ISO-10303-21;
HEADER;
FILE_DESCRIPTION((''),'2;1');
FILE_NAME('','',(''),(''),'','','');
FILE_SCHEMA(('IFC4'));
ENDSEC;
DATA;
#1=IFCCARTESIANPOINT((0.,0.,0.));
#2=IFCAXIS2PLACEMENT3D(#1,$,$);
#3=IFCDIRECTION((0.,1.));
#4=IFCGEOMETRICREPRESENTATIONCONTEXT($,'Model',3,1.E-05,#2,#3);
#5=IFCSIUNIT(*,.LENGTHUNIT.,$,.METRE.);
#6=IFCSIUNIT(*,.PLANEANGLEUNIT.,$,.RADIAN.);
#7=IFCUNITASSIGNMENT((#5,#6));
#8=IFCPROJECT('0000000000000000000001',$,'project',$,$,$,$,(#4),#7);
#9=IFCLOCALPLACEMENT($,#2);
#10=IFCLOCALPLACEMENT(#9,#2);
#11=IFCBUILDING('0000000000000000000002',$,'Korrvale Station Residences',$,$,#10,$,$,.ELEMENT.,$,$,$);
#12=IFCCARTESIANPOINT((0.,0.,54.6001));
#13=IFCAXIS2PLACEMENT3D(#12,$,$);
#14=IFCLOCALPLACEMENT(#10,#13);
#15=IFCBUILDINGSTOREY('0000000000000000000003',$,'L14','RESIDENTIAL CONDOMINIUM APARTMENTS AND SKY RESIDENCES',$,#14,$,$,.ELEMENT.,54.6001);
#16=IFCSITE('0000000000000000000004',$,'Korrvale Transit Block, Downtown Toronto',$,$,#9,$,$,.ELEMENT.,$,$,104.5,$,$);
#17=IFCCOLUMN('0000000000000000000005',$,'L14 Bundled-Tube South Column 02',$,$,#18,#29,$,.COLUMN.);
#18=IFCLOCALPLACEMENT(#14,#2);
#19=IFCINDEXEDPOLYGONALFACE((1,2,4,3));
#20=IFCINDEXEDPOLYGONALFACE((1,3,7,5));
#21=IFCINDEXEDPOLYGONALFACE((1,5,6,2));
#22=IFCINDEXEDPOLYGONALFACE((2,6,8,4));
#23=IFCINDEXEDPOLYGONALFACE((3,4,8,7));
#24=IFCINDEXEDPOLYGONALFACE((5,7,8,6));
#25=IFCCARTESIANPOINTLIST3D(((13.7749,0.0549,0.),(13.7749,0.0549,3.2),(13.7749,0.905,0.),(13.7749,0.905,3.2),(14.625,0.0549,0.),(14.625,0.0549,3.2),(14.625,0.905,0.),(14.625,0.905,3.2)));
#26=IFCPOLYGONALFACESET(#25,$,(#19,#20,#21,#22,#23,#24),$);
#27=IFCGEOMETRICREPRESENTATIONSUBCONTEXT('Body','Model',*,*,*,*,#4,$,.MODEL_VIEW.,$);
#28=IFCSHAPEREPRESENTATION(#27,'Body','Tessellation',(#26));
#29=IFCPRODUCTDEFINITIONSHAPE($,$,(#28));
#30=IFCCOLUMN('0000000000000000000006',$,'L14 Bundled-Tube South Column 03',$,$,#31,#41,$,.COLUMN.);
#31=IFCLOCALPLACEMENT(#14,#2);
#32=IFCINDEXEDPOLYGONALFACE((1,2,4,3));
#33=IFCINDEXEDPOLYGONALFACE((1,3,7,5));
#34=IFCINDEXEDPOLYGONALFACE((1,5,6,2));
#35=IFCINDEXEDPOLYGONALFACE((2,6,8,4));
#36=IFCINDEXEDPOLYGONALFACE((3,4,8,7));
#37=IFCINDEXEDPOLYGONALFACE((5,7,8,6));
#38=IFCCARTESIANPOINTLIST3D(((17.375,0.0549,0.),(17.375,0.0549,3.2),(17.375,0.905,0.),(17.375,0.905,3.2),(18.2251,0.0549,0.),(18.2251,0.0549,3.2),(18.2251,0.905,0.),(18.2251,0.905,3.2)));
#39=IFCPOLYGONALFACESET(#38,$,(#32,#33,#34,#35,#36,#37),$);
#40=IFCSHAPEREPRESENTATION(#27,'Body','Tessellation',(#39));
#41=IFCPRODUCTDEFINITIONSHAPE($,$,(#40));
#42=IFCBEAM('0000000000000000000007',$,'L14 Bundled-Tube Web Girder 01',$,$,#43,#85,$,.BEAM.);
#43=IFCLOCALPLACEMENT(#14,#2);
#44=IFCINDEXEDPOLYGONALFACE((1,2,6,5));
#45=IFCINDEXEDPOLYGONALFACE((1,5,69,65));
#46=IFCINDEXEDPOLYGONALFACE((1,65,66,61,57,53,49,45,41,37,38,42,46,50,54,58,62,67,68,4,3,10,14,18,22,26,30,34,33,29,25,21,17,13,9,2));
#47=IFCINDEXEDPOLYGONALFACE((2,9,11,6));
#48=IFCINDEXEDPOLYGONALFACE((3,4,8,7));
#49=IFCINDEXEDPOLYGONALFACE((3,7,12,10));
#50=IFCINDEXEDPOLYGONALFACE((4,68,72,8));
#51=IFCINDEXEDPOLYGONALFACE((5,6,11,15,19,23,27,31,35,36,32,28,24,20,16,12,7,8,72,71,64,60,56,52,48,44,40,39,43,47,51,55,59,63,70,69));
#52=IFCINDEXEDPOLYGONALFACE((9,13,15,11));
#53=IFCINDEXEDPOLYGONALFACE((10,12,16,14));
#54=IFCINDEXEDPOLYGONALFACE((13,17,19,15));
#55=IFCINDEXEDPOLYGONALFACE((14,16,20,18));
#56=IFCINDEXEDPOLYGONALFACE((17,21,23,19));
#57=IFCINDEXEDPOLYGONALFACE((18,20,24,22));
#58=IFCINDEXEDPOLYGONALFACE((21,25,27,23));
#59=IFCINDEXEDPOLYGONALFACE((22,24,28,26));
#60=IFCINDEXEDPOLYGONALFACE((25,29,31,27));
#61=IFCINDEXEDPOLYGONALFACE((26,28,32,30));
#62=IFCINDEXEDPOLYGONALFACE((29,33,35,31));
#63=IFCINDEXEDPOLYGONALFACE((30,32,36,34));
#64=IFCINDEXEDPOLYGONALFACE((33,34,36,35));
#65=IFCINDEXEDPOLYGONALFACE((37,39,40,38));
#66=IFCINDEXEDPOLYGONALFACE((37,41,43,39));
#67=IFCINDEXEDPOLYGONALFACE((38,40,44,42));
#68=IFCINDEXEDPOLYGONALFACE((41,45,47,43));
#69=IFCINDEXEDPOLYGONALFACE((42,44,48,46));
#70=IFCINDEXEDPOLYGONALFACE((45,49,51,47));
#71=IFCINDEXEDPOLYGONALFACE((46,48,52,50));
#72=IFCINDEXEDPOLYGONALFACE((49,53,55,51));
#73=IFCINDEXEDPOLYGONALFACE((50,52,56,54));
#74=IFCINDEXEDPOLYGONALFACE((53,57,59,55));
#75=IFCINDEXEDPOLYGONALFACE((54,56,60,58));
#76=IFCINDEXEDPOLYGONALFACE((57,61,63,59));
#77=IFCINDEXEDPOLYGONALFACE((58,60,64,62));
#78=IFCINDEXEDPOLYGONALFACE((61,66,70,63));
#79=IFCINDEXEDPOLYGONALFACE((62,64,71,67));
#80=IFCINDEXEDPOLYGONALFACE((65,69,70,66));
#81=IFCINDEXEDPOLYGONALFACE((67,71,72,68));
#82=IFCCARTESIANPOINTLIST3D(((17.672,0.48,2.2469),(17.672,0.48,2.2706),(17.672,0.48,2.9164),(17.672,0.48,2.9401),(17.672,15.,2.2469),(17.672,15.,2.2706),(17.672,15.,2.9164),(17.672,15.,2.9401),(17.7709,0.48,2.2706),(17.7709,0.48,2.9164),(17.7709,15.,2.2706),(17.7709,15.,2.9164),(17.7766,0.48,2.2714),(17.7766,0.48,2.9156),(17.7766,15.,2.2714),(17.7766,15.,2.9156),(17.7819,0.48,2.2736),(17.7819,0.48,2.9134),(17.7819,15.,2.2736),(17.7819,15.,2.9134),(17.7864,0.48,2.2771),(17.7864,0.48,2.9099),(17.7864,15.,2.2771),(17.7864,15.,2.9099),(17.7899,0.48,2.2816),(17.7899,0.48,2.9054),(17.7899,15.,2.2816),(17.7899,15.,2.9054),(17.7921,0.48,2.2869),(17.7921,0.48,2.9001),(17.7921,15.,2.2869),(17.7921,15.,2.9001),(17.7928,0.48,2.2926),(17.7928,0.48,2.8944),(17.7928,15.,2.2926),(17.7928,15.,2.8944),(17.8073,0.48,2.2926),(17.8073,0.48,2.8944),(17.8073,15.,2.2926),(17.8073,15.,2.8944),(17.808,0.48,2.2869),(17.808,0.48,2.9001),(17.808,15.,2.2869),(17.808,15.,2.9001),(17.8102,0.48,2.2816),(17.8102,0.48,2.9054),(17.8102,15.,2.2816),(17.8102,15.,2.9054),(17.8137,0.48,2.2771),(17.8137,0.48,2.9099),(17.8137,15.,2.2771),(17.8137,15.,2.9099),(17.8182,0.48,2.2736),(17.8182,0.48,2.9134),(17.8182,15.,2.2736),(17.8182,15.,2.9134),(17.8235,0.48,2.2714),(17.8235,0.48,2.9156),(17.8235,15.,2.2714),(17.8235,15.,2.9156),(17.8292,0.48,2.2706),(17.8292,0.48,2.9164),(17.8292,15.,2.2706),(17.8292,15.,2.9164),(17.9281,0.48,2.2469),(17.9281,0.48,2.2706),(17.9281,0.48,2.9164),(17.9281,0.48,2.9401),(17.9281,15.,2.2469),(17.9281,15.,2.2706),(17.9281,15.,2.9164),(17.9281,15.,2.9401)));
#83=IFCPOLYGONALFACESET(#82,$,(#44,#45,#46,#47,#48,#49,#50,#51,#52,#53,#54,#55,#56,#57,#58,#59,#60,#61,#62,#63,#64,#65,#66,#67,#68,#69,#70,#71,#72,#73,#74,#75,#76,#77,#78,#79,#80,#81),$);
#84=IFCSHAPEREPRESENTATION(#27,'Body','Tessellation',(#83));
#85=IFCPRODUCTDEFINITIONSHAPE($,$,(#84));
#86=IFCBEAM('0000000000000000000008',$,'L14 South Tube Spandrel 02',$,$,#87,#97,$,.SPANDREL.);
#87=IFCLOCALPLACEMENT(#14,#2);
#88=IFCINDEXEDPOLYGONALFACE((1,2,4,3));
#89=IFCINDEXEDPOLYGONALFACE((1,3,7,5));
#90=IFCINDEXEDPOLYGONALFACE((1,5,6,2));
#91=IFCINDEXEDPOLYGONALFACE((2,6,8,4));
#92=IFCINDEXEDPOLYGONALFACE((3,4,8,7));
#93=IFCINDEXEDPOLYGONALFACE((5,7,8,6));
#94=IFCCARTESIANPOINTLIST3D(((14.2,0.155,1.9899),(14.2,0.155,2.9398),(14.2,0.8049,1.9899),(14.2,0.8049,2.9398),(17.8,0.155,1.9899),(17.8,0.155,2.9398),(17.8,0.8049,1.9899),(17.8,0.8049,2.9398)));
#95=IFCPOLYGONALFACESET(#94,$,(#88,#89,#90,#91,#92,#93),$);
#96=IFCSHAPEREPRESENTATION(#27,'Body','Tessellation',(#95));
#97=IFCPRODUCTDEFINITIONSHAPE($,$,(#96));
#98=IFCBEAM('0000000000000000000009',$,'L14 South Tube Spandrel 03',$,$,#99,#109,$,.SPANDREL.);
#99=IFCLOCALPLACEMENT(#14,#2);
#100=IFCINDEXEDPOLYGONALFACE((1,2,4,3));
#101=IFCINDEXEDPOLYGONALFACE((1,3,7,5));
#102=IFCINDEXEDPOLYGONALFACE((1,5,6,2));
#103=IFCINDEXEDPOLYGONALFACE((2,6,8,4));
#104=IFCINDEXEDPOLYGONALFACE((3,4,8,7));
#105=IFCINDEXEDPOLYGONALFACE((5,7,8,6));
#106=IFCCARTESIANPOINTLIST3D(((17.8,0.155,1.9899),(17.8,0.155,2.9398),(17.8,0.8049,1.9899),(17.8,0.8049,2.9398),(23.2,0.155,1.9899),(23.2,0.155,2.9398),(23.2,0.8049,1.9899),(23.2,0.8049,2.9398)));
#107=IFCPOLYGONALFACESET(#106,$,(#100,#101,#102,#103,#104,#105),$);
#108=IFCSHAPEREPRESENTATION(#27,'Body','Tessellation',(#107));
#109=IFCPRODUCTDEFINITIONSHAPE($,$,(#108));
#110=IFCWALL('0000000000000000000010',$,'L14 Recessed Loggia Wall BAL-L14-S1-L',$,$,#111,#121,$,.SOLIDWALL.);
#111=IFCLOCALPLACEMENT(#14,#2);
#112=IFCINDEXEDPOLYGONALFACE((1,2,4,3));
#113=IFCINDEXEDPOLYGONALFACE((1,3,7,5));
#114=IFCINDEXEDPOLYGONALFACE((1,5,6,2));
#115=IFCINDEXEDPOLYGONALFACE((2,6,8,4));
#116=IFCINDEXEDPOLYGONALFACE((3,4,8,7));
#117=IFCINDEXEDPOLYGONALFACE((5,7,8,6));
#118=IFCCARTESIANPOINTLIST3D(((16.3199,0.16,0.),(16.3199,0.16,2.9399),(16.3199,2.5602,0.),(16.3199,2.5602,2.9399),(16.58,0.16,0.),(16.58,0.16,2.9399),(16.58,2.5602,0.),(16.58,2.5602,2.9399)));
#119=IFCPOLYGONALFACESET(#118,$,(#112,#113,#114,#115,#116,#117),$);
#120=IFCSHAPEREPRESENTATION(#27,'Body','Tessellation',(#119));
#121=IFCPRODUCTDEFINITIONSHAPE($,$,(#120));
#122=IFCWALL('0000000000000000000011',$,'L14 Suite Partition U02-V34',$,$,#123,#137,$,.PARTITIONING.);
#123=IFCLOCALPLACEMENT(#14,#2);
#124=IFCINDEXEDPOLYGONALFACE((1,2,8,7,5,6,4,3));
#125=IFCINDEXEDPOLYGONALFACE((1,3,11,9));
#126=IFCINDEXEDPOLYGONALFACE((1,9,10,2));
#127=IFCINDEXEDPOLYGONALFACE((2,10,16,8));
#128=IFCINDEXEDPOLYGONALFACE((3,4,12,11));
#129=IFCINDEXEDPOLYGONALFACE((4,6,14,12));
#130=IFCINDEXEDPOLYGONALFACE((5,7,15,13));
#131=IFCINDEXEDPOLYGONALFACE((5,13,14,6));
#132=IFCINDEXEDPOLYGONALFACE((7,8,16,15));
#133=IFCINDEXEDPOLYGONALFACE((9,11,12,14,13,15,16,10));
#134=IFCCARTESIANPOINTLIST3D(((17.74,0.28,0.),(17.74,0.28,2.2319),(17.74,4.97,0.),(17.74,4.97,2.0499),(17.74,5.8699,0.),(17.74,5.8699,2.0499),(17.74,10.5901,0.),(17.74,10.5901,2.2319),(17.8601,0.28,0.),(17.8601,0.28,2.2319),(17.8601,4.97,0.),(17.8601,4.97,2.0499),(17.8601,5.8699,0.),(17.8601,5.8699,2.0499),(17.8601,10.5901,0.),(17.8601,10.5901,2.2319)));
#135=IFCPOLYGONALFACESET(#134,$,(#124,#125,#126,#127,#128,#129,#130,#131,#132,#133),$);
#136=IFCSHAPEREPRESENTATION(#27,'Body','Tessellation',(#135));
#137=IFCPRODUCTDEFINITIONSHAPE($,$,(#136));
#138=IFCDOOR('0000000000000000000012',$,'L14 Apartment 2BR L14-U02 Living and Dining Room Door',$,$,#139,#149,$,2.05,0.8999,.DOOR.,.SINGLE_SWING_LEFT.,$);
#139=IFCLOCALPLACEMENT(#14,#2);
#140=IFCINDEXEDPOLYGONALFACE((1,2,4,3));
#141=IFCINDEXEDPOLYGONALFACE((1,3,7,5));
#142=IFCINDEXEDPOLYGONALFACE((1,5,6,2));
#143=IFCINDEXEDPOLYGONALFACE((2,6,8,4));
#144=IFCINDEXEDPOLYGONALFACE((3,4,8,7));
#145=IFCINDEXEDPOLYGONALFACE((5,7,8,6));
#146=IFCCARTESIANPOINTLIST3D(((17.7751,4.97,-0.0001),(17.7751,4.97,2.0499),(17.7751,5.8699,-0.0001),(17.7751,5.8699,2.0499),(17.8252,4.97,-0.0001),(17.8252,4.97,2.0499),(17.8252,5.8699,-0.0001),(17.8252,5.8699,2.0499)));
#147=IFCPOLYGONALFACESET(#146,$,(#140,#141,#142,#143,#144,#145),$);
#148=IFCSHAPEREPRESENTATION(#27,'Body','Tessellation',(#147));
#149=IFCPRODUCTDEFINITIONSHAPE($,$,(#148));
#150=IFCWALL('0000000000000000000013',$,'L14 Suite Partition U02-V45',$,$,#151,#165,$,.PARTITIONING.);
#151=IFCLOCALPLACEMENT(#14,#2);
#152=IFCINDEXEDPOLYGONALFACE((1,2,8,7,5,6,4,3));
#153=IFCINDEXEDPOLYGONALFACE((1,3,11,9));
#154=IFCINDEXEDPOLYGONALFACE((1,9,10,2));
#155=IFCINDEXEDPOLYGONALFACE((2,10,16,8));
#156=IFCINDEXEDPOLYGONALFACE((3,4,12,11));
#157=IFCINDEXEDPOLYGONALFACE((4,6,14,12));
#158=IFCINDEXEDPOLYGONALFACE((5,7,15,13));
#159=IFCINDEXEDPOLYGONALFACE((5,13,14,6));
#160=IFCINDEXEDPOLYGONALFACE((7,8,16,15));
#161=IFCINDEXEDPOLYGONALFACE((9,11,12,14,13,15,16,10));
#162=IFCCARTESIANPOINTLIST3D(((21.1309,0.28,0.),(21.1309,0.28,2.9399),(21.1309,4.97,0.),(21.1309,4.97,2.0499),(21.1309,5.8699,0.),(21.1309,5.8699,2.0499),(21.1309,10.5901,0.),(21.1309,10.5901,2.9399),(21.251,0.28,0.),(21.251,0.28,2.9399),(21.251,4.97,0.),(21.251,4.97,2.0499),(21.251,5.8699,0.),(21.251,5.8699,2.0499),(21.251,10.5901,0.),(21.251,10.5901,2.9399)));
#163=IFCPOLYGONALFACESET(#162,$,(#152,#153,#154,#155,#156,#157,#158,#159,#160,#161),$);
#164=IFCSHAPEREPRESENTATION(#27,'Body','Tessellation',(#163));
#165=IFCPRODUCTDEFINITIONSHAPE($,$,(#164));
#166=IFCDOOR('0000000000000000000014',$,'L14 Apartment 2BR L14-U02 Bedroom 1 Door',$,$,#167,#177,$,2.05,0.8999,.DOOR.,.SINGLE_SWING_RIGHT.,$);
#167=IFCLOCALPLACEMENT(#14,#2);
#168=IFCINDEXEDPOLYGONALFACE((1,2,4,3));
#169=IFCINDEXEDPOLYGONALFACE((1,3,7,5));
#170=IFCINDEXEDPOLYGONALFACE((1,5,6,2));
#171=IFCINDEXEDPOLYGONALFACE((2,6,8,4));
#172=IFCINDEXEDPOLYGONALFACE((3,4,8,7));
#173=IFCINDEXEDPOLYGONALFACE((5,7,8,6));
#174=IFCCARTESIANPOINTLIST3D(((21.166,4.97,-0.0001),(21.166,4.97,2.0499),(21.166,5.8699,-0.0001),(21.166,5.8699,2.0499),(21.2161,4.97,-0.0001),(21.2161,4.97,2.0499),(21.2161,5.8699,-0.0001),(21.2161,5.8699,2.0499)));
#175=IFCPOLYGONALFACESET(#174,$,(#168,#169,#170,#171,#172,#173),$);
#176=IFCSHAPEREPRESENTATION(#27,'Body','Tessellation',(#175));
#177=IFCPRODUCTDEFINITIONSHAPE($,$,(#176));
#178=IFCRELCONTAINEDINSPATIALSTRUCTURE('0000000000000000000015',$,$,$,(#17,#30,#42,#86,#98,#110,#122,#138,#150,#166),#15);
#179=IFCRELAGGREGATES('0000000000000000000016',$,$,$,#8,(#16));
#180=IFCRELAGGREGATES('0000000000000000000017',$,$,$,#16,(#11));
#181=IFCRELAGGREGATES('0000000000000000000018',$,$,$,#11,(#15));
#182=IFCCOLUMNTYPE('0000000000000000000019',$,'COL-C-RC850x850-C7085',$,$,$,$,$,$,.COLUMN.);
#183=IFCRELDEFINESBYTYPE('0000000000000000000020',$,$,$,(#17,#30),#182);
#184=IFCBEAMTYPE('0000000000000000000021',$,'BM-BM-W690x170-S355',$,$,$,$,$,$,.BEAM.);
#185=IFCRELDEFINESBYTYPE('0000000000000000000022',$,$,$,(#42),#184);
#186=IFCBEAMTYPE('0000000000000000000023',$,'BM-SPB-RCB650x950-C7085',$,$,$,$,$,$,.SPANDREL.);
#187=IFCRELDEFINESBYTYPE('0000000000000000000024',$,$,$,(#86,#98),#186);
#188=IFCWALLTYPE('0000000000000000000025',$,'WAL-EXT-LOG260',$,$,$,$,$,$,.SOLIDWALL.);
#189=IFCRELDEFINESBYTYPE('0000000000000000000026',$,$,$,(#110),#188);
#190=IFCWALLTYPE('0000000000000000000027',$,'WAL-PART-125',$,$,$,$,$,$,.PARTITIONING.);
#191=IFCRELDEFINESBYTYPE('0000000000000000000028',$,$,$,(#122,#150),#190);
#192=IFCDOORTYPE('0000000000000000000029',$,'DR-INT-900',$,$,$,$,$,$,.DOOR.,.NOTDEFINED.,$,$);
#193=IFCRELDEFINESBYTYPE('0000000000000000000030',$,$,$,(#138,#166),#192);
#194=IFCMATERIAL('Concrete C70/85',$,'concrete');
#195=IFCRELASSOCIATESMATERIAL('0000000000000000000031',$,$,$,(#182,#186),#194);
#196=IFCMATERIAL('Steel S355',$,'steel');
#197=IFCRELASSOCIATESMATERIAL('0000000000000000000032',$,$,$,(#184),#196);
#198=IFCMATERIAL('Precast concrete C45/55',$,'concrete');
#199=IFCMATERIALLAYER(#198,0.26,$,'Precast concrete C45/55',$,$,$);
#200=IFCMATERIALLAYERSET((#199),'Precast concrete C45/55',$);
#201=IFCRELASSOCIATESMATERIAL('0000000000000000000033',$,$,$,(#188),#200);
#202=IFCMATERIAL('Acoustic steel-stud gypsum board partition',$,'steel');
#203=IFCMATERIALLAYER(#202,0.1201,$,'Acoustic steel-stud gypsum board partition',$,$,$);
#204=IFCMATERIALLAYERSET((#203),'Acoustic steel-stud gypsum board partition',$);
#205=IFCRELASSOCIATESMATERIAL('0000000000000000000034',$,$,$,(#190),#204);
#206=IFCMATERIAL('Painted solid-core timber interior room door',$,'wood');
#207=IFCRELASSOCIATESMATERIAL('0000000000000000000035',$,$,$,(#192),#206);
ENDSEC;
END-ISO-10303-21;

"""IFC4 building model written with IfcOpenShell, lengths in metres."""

from ifc_helpers import new_model, si_unit, direction, frame, frame_2d, origin, origin_2d, place, context, subcontext, project, spatial, rectangle, i_section, extrude, material, layer, layer_set, material_profile, profile_set, type_object, element, fill, save


model = new_model("IFC4")

# Units and contexts
model_context = context("Model", 3, precision=1e-05, world=origin(), true_north=direction((0.0, 1.0)))
body_context = subcontext(model_context, "Body", "Model", "MODEL_VIEW")
ifc_project = project(units=[si_unit("LENGTHUNIT", "METRE"), si_unit("PLANEANGLEUNIT", "RADIAN")], contexts=[model_context])

# Site, building, storey
site_placement = place(None, origin())
site = spatial("IfcSite", under=ifc_project, at=site_placement, Name="Korrvale Transit Block, Downtown Toronto", CompositionType="ELEMENT", RefElevation=104.5)
building_placement = place(site_placement, origin())
building = spatial("IfcBuilding", under=site, at=building_placement, Name="Korrvale Station Residences", CompositionType="ELEMENT")
storey_placement = place(building_placement, frame((0.0, 0.0, 54.6001)))
storey = spatial("IfcBuildingStorey", under=building, at=storey_placement, Name="L14", Description="RESIDENTIAL CONDOMINIUM APARTMENTS AND SKY RESIDENCES", CompositionType="ELEMENT", Elevation=54.6001)

# Columns
ifc_material_1 = material(Name="Concrete C70/85", Category="concrete")
ifc_material_profile_1 = material_profile(ifc_material_1, rectangle(XDim=0.8501, YDim=0.8501, at=origin_2d()), Name="RC850x850")
ifc_profile_set_1 = profile_set([ifc_material_profile_1], Name="Concrete C70/85")
column_type = type_object("IfcColumnType", Name="COL-C-RC850x850-C7085", PredefinedType="COLUMN", material=ifc_profile_set_1)
for number, where, z_axis, x_axis, name in (
    (1, (14.2, 0.48, 0.0), (0.0, 0.0, 1.0), (1.0, 0.0, 0.0), "L14 Bundled-Tube South Column 02"),
    (2, (17.8, 0.48, 0.0), (0.0, 0.0, 1.0), (1.0, 0.0, 0.0), "L14 Bundled-Tube South Column 03"),
):
    element("IfcColumn", number, at=place(storey_placement, frame(where, z_axis=z_axis, x_axis=x_axis)), inside=storey, type_object=column_type, Name=name, PredefinedType="COLUMN", context=body_context, shape_type="SweptSolid", body=[
        extrude(rectangle(XDim=0.8501, YDim=0.8501, at=origin_2d()), origin(), (0.0, 0.0, 1.0), 3.2),
    ])

# Beams
ifc_material_2 = material(Name="Steel S355", Category="steel")
ifc_material_profile_2 = material_profile(ifc_material_2, i_section(OverallWidth=0.2561, OverallDepth=0.6931, WebThickness=0.0144, FlangeThickness=0.0237, FilletRadius=0.022, at=origin_2d()), Name="W690x170")
ifc_profile_set_2 = profile_set([ifc_material_profile_2], Name="Steel S355")
beam_type_1 = type_object("IfcBeamType", Name="BM-BM-W690x170-S355", PredefinedType="BEAM", material=ifc_profile_set_2)
beam_1_placement = place(storey_placement, frame((17.8, 0.48, 2.5935), z_axis=(0.0, 1.0, 0.0), x_axis=(-1.0, 0.0, 0.0)))
element("IfcBeam", 3, at=beam_1_placement, inside=storey, type_object=beam_type_1, Name="L14 Bundled-Tube Web Girder 01", PredefinedType="BEAM", context=body_context, shape_type="SweptSolid", body=[
    extrude(i_section(OverallWidth=0.2561, OverallDepth=0.6931, WebThickness=0.0144, FlangeThickness=0.0237, FilletRadius=0.022, at=origin_2d()), origin(), (0.0, 0.0, 1.0), 14.52),
])
ifc_material_profile_3 = material_profile(ifc_material_1, rectangle(XDim=0.6499, YDim=0.95, at=origin_2d()), Name="RCB650x950")
ifc_profile_set_3 = profile_set([ifc_material_profile_3], Name="Concrete C70/85")
beam_type_2 = type_object("IfcBeamType", Name="BM-SPB-RCB650x950-C7085", PredefinedType="SPANDREL", material=ifc_profile_set_3)
beam_2_placement = place(storey_placement, frame((14.2, 0.48, 2.4648), z_axis=(1.0, 0.0, 0.0), x_axis=(0.0, 1.0, 0.0)))
element("IfcBeam", 4, at=beam_2_placement, inside=storey, type_object=beam_type_2, Name="L14 South Tube Spandrel 02", PredefinedType="SPANDREL", context=body_context, shape_type="SweptSolid", body=[
    extrude(rectangle(XDim=0.6499, YDim=0.95, at=origin_2d()), origin(), (0.0, 0.0, 1.0), 3.6001),
])
beam_3_placement = place(storey_placement, frame((17.8, 0.48, 2.4648), z_axis=(1.0, 0.0, 0.0), x_axis=(0.0, 1.0, 0.0)))
element("IfcBeam", 5, at=beam_3_placement, inside=storey, type_object=beam_type_2, Name="L14 South Tube Spandrel 03", PredefinedType="SPANDREL", context=body_context, shape_type="SweptSolid", body=[
    extrude(rectangle(XDim=0.6499, YDim=0.95, at=origin_2d()), origin(), (0.0, 0.0, 1.0), 5.3999),
])

# Wall
ifc_material_3 = material(Name="Precast concrete C45/55", Category="concrete")
ifc_layer_1 = layer(ifc_material_3, 0.26, Name="Precast concrete C45/55")
ifc_layer_set_1 = layer_set([ifc_layer_1], Name="Precast concrete C45/55")
wall_type_1 = type_object("IfcWallType", Name="WAL-EXT-LOG260", PredefinedType="SOLIDWALL", material=ifc_layer_set_1)
wall_1_placement = place(storey_placement, frame((16.45, 0.1599, 0.0), z_axis=(0.0, 0.0, 1.0), x_axis=(0.0, 1.0, 0.0)))
element("IfcWall", 6, at=wall_1_placement, inside=storey, type_object=wall_type_1, Name="L14 Recessed Loggia Wall BAL-L14-S1-L", PredefinedType="SOLIDWALL", context=body_context, shape_type="SweptSolid", body=[
    extrude(rectangle(XDim=2.4001, YDim=0.26, at=frame_2d((1.2002, 0.0))), origin(), (0.0, 0.0, 1.0), 2.9399),
])

# Walls, openings, doors
ifc_material_4 = material(Name="Acoustic steel-stud gypsum board partition", Category="steel")
ifc_layer_2 = layer(ifc_material_4, 0.1201, Name="Acoustic steel-stud gypsum board partition")
ifc_layer_set_2 = layer_set([ifc_layer_2], Name="Acoustic steel-stud gypsum board partition")
wall_type_2 = type_object("IfcWallType", Name="WAL-PART-125", PredefinedType="PARTITIONING", material=ifc_layer_set_2)
wall_2_placement = place(storey_placement, frame((17.8, 0.28, 0.0), z_axis=(0.0, 0.0, 1.0), x_axis=(0.0, 1.0, 0.0)))
wall_2 = element("IfcWall", 7, at=wall_2_placement, inside=storey, type_object=wall_type_2, Name="L14 Suite Partition U02-V34", PredefinedType="PARTITIONING", context=body_context, shape_type="SweptSolid", body=[
    extrude(rectangle(XDim=10.3101, YDim=0.1201, at=frame_2d((5.155, 0.0))), origin(), (0.0, 0.0, 1.0), 2.2319),
])
opening_1_placement = place(wall_2_placement, frame((4.6899, 0.0, 0.0)))
opening_1 = element("IfcOpeningElement", 8, at=opening_1_placement, cuts=wall_2, PredefinedType="OPENING", context=body_context, shape_type="SweptSolid", body=[
    extrude(rectangle(XDim=0.8999, YDim=2.05, at=frame_2d((0.45, 1.0249))), frame((0.0, 0.0701, 0.0), z_axis=(0.0, -1.0, 0.0), x_axis=(1.0, 0.0, 0.0)), (0.0, 0.0, 1.0), 0.1401),
])
ifc_material_5 = material(Name="Painted solid-core timber interior room door", Category="wood")
door_type = type_object("IfcDoorType", Name="DR-INT-900", OperationType="NOTDEFINED", PredefinedType="DOOR", material=ifc_material_5)
door_1_placement = place(opening_1_placement, origin())
door_1 = element("IfcDoor", 9, at=door_1_placement, inside=storey, type_object=door_type, Name="L14 Apartment 2BR L14-U02 Living and Dining Room Door", OperationType="SINGLE_SWING_LEFT", OverallHeight=2.05, OverallWidth=0.8999, PredefinedType="DOOR", context=body_context, shape_type="SweptSolid", body=[
    extrude(rectangle(XDim=0.8999, YDim=2.05, at=frame_2d((0.45, 1.0249))), frame((0.0, 0.0249, 0.0), z_axis=(0.0, -1.0, 0.0), x_axis=(1.0, 0.0, 0.0)), (0.0, 0.0, 1.0), 0.05),
])
fill(opening_1, door_1)
wall_3_placement = place(storey_placement, frame((21.1909, 0.28, 0.0), z_axis=(0.0, 0.0, 1.0), x_axis=(0.0, 1.0, 0.0)))
wall_3 = element("IfcWall", 10, at=wall_3_placement, inside=storey, type_object=wall_type_2, Name="L14 Suite Partition U02-V45", PredefinedType="PARTITIONING", context=body_context, shape_type="SweptSolid", body=[
    extrude(rectangle(XDim=10.3101, YDim=0.1201, at=frame_2d((5.155, 0.0))), origin(), (0.0, 0.0, 1.0), 2.9399),
])
opening_2_placement = place(wall_3_placement, frame((4.6899, 0.0, 0.0)))
opening_2 = element("IfcOpeningElement", 11, at=opening_2_placement, cuts=wall_3, PredefinedType="OPENING", context=body_context, shape_type="SweptSolid", body=[
    extrude(rectangle(XDim=0.8999, YDim=2.05, at=frame_2d((0.45, 1.0249))), frame((0.0, 0.0701, 0.0), z_axis=(0.0, -1.0, 0.0), x_axis=(1.0, 0.0, 0.0)), (0.0, 0.0, 1.0), 0.1401),
])
door_2_placement = place(opening_2_placement, origin())
door_2 = element("IfcDoor", 12, at=door_2_placement, inside=storey, type_object=door_type, Name="L14 Apartment 2BR L14-U02 Bedroom 1 Door", OperationType="SINGLE_SWING_RIGHT", OverallHeight=2.05, OverallWidth=0.8999, PredefinedType="DOOR", context=body_context, shape_type="SweptSolid", body=[
    extrude(rectangle(XDim=0.8999, YDim=2.05, at=frame_2d((0.45, 1.0249))), frame((0.0, 0.0249, 0.0), z_axis=(0.0, -1.0, 0.0), x_axis=(1.0, 0.0, 0.0)), (0.0, 0.0, 1.0), 0.05),
])
fill(opening_2, door_2)

save(model, "model.ifc")
